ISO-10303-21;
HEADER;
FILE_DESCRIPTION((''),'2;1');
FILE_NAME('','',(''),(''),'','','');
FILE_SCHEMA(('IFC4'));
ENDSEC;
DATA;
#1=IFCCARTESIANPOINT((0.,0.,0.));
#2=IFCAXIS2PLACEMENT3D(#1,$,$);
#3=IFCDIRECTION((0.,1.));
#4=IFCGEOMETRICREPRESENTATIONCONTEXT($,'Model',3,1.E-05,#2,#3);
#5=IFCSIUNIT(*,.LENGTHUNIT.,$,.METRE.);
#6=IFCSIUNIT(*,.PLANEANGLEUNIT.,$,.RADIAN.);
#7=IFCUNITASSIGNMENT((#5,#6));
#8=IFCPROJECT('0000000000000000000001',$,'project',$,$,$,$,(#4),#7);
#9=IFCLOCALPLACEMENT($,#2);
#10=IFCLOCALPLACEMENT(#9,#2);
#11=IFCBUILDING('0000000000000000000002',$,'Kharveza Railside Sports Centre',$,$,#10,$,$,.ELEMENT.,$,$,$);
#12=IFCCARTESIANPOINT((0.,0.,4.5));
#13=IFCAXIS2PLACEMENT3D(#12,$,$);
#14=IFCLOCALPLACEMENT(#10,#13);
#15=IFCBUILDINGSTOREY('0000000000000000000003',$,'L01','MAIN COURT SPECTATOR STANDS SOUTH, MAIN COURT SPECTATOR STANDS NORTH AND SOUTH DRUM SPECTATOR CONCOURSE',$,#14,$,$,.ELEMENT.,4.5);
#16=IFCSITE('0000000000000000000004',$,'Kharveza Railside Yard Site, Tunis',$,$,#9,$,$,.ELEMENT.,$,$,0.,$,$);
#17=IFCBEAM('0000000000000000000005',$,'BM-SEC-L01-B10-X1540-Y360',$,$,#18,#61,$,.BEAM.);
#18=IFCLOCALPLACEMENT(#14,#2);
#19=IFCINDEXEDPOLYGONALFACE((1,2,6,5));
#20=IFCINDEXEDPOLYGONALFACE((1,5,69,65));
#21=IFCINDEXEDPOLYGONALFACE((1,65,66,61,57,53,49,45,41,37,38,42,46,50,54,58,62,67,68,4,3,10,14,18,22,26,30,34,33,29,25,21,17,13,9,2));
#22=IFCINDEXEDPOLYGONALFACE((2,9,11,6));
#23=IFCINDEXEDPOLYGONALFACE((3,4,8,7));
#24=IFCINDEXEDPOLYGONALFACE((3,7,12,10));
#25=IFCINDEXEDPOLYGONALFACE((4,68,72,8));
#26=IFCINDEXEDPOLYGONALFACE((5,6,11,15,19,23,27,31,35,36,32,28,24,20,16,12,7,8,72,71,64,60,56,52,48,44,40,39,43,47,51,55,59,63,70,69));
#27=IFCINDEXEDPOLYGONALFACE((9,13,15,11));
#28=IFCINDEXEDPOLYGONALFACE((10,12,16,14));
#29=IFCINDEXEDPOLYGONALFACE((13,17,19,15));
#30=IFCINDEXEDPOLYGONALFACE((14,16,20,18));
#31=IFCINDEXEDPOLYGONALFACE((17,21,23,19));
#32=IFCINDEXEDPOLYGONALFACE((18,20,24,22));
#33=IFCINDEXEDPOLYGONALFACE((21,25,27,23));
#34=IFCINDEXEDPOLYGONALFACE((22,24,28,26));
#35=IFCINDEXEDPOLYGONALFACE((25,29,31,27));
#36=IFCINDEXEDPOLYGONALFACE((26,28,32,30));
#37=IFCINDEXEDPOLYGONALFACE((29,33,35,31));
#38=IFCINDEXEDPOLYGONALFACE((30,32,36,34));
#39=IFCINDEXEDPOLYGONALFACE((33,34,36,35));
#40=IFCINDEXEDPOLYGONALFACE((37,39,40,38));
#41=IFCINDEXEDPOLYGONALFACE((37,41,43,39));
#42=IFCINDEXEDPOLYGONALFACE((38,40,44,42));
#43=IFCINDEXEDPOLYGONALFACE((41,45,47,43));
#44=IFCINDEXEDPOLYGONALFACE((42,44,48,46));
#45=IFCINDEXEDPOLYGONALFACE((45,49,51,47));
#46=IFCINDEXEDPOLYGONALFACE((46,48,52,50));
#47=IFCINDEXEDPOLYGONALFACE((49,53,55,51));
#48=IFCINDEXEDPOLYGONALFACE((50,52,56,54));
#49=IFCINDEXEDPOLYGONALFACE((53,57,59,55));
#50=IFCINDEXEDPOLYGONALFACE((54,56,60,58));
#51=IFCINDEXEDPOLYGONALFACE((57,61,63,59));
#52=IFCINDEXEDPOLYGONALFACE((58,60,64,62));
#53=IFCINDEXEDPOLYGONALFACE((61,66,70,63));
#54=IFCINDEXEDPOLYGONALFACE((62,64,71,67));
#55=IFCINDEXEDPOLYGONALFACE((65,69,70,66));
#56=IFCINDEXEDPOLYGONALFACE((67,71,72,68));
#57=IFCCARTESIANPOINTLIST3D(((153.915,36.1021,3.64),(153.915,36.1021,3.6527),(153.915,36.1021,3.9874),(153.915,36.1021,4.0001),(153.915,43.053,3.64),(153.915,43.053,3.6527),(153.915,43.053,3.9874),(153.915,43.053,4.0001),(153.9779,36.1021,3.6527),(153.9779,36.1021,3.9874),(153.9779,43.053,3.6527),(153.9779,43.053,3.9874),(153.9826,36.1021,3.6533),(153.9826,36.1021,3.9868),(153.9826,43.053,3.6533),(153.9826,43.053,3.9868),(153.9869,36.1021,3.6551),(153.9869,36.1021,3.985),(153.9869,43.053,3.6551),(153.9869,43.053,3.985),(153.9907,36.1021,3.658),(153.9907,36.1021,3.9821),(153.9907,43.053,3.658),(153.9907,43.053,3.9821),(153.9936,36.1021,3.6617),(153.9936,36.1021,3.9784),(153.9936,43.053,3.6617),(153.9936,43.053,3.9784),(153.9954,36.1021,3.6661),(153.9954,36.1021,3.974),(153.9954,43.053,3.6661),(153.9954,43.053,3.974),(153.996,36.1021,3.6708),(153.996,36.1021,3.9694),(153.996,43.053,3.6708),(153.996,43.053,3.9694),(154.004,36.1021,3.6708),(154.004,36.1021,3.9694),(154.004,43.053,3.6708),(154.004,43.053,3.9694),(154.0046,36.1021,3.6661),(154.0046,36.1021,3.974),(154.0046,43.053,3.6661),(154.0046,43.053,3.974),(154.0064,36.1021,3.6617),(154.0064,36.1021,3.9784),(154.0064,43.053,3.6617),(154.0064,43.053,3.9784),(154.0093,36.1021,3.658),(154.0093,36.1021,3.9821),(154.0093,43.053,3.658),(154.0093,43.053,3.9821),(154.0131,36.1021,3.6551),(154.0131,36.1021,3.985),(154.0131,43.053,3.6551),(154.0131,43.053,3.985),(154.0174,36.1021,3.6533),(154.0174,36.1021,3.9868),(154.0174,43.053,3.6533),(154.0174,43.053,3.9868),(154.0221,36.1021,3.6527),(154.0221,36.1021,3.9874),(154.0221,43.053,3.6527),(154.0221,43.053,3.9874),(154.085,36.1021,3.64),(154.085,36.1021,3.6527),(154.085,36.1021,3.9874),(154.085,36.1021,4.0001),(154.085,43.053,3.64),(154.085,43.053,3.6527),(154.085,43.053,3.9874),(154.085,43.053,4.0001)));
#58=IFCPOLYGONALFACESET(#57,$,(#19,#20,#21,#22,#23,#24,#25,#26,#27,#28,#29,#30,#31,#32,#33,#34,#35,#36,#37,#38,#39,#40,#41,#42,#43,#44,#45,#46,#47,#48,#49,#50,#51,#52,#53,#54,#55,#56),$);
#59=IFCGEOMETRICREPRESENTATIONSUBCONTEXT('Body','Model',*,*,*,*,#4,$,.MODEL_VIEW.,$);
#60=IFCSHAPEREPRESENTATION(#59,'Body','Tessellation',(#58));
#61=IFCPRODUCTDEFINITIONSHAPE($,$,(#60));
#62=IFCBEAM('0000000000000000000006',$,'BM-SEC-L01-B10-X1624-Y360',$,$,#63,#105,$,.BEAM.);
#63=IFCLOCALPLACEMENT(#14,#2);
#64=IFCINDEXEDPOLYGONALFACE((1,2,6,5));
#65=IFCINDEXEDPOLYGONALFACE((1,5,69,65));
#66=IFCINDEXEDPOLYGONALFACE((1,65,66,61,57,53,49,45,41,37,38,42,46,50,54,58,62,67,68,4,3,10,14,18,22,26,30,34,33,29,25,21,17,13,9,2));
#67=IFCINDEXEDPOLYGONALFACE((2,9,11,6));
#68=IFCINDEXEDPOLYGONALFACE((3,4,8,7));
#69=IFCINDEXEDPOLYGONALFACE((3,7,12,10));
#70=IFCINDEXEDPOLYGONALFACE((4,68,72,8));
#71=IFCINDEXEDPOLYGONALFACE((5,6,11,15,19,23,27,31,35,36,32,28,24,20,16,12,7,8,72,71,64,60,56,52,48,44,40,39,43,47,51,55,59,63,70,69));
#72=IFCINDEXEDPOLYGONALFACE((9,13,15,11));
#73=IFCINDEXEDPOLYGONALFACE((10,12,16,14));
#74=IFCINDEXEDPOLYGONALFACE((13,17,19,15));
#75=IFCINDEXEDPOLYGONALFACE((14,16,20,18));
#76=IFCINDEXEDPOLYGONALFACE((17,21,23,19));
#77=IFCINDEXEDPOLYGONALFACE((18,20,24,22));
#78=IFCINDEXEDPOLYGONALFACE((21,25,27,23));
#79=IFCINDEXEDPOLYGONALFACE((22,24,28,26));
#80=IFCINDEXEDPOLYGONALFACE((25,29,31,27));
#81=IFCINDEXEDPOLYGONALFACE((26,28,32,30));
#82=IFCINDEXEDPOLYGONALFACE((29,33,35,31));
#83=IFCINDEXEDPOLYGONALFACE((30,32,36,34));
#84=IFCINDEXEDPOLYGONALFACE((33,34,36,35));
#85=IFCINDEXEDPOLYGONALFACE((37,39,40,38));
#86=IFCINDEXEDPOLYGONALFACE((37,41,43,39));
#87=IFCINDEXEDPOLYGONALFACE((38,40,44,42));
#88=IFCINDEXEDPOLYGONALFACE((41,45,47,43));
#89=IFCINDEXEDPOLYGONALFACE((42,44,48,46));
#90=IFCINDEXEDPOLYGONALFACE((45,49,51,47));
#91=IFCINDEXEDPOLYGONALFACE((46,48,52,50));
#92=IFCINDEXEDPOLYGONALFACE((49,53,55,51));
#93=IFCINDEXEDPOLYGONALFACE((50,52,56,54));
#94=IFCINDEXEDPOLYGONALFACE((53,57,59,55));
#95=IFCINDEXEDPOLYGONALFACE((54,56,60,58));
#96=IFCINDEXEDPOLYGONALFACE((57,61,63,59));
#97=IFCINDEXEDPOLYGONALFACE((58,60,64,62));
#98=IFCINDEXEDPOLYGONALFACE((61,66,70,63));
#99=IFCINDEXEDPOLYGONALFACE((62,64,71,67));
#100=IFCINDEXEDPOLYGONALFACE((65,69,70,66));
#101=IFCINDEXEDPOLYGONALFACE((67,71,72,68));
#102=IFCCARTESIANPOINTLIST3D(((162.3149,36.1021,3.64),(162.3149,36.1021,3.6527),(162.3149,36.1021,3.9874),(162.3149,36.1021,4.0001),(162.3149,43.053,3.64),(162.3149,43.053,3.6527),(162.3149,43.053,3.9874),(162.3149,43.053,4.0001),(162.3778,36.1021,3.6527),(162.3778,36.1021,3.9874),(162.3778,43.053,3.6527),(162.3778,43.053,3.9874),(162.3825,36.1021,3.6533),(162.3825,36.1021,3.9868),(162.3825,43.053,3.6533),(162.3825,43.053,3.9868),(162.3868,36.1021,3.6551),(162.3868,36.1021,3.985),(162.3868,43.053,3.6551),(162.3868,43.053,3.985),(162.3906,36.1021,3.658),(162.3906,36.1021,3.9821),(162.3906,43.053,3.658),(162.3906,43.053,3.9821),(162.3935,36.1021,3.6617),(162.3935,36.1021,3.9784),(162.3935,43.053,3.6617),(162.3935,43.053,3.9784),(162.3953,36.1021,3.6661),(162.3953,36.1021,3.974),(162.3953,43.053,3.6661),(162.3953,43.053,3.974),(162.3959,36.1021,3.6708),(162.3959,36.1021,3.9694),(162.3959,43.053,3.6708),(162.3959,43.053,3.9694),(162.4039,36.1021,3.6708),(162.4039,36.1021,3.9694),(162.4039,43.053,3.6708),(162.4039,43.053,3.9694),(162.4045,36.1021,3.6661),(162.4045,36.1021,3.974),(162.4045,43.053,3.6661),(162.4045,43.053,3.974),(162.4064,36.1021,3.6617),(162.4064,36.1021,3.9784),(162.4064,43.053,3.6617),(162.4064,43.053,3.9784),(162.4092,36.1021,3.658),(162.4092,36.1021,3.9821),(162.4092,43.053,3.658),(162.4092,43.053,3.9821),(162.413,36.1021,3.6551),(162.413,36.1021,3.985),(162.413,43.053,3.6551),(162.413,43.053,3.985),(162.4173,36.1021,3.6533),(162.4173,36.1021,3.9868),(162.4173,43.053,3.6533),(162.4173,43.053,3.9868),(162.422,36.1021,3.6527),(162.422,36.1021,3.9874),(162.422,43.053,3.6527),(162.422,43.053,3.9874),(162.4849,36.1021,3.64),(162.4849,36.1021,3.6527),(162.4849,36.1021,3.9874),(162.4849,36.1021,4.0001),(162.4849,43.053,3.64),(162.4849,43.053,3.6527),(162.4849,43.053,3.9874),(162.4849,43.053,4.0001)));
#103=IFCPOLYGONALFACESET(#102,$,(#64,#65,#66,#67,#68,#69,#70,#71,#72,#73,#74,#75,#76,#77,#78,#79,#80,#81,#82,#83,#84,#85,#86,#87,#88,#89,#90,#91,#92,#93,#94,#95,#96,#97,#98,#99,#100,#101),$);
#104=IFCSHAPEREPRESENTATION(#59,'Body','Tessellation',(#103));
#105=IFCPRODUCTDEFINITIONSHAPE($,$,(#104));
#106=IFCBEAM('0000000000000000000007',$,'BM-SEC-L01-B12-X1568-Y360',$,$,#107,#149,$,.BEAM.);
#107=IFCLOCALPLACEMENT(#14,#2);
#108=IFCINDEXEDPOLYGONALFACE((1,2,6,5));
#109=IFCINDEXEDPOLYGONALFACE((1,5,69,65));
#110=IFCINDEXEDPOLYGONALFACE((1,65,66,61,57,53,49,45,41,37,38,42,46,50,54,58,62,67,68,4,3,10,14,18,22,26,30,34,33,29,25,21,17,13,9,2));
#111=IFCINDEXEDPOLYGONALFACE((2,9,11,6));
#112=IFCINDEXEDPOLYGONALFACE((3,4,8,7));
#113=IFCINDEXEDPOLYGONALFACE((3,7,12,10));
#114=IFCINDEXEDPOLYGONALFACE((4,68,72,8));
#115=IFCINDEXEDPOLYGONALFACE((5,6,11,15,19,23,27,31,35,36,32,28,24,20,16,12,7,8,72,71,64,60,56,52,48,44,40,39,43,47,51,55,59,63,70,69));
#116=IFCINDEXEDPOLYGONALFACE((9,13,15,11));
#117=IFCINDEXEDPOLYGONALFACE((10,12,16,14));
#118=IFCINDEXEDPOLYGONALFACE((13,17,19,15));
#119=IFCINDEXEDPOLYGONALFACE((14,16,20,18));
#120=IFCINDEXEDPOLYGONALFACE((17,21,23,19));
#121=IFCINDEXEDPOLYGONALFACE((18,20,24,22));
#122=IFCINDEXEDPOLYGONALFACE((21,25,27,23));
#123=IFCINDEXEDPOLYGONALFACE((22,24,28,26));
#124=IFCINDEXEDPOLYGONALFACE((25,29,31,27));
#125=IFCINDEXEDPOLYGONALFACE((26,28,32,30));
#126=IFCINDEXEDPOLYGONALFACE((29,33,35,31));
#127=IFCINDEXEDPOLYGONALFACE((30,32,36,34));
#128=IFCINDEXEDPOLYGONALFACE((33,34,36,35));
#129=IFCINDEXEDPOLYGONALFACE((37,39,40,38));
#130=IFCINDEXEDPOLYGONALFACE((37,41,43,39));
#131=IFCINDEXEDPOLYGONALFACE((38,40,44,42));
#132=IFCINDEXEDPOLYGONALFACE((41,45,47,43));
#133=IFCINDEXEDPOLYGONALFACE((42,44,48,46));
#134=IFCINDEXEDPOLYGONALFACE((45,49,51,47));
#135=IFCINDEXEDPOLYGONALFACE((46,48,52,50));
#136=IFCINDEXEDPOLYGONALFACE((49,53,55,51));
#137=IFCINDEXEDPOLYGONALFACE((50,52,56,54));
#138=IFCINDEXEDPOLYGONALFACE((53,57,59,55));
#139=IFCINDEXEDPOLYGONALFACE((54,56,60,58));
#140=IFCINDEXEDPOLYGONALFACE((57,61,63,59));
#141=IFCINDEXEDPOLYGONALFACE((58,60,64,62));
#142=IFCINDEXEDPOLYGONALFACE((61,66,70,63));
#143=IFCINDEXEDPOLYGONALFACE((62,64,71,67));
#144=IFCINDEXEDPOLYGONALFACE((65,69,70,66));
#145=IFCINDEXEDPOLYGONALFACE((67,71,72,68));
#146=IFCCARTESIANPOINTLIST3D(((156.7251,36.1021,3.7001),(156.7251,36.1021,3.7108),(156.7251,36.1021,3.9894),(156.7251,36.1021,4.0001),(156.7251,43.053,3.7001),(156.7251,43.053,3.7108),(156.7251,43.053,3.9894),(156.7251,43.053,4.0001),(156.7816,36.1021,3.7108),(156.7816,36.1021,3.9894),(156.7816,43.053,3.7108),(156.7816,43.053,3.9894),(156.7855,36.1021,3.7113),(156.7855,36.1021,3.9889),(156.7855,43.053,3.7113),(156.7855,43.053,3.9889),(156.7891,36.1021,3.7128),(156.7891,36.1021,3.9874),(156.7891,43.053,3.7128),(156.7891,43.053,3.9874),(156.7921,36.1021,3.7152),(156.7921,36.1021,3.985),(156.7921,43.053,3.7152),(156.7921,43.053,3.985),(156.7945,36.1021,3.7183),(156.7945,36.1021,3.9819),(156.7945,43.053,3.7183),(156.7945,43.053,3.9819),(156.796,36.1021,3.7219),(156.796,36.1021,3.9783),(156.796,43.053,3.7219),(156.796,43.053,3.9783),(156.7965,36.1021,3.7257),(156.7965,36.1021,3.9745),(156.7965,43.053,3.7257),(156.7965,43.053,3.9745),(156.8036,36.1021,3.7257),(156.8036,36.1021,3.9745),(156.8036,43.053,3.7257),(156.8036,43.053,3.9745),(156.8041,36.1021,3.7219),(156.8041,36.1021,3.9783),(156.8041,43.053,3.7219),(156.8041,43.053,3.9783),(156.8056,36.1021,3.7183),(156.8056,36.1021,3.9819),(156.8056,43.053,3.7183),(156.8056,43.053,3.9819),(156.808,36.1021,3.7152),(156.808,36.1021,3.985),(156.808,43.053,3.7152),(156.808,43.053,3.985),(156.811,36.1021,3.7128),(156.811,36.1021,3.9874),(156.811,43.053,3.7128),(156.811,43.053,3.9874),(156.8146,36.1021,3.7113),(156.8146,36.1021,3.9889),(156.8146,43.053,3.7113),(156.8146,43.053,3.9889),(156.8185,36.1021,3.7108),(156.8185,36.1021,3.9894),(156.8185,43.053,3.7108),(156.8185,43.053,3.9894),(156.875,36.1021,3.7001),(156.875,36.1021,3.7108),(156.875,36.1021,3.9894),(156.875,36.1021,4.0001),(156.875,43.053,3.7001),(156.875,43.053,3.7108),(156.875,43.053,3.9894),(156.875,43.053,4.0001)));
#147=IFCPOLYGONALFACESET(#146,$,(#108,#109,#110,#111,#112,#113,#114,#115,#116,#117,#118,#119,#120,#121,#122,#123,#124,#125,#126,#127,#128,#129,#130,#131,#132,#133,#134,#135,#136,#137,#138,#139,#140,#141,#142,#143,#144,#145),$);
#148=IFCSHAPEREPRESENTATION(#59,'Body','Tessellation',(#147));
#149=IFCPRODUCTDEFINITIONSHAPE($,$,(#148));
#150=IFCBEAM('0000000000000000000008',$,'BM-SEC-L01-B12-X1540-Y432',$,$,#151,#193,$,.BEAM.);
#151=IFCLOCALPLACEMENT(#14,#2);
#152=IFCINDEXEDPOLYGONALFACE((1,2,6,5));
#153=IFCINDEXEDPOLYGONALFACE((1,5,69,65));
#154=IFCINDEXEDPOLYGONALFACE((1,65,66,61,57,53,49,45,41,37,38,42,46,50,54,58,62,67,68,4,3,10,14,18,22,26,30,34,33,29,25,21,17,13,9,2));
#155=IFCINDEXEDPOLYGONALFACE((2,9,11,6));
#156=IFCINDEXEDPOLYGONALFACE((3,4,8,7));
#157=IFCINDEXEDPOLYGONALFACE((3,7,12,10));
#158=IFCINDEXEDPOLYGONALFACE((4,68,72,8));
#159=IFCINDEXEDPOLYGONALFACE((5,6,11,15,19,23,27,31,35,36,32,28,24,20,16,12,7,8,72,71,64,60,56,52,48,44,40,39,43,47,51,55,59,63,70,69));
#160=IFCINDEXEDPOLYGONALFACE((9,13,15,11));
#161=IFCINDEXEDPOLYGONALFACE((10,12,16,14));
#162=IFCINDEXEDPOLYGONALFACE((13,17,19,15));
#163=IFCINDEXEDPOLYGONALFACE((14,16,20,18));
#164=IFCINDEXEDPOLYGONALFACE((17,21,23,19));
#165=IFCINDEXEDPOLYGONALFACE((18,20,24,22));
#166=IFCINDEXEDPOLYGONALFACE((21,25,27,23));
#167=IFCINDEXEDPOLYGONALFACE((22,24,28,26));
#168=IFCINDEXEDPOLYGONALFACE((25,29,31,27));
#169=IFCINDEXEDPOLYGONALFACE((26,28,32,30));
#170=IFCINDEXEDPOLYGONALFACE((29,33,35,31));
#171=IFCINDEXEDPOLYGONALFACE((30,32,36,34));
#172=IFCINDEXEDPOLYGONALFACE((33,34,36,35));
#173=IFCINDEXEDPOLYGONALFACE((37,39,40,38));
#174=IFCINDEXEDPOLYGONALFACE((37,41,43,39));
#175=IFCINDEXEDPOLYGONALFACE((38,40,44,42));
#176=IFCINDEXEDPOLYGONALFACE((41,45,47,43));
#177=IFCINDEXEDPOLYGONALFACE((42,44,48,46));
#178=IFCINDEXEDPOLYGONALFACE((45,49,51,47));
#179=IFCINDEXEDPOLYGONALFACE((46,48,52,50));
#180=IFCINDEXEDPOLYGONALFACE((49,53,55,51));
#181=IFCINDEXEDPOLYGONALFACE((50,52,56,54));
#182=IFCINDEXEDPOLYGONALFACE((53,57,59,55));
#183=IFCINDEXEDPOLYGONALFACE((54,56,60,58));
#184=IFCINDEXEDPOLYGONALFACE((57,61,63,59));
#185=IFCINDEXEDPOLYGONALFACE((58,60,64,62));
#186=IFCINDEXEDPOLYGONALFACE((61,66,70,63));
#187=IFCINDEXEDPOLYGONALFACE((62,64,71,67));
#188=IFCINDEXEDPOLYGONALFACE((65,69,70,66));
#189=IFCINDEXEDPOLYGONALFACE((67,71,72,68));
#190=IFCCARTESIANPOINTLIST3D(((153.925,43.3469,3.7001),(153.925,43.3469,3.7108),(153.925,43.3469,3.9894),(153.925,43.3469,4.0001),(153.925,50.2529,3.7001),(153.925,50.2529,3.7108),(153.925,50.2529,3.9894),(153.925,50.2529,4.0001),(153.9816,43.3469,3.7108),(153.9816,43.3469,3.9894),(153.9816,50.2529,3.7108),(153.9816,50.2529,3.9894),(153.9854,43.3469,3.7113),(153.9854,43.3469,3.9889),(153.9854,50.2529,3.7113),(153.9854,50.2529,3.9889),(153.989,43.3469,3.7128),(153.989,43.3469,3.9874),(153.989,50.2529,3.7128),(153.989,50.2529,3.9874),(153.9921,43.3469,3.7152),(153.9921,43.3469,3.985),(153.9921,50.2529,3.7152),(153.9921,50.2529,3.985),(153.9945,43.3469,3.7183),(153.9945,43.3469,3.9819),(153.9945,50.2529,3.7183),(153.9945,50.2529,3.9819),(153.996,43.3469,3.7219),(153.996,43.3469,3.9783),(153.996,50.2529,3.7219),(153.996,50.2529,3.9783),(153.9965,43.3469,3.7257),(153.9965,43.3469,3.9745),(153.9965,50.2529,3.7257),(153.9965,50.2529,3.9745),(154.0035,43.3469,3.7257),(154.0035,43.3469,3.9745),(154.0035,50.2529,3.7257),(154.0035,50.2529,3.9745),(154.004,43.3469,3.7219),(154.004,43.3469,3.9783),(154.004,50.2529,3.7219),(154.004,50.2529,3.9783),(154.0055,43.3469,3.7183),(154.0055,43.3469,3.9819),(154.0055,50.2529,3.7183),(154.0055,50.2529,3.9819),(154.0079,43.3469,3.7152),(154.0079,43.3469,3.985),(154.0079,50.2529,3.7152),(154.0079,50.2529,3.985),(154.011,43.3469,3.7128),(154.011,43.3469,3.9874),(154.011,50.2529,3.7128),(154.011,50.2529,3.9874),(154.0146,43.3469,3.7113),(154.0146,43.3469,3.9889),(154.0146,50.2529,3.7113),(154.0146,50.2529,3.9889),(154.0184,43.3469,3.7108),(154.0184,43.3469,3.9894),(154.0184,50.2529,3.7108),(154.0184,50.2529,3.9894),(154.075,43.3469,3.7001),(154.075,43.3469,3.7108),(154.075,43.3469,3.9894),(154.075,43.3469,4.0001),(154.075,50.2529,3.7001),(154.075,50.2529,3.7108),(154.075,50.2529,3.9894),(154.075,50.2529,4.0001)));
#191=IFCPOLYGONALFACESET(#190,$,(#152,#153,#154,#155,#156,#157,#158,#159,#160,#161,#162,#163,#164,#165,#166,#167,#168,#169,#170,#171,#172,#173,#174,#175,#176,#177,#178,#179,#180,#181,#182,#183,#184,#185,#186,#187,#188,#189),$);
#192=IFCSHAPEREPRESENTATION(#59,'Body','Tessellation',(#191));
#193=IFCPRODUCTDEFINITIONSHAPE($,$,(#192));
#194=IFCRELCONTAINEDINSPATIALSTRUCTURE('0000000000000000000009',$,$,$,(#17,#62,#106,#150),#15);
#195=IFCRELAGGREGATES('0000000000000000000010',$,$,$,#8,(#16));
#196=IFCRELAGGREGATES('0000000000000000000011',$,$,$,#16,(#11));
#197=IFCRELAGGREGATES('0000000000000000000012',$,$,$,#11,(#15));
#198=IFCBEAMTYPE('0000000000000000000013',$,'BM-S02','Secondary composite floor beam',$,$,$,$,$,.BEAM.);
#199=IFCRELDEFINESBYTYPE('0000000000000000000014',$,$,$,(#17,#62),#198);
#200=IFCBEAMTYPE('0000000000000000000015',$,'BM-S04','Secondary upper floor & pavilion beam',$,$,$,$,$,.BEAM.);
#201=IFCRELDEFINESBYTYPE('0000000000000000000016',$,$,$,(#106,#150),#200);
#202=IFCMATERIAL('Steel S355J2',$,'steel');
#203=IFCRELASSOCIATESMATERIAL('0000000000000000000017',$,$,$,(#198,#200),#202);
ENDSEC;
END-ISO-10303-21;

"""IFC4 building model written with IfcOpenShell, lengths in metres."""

from ifc_helpers import new_model, si_unit, direction, frame, origin, origin_2d, place, context, subcontext, project, spatial, i_section, extrude, material, material_profile, profile_set, type_object, element, save


model = new_model("IFC4")

# Units and contexts
model_context = context("Model", 3, precision=1e-05, world=origin(), true_north=direction((0.0, 1.0)))
body_context = subcontext(model_context, "Body", "Model", "MODEL_VIEW")
ifc_project = project(units=[si_unit("LENGTHUNIT", "METRE"), si_unit("PLANEANGLEUNIT", "RADIAN")], contexts=[model_context])

# Site, building, storey
site_placement = place(None, origin())
site = spatial("IfcSite", under=ifc_project, at=site_placement, Name="Kharveza Railside Yard Site, Tunis", CompositionType="ELEMENT", RefElevation=0.0)
building_placement = place(site_placement, origin())
building = spatial("IfcBuilding", under=site, at=building_placement, Name="Kharveza Railside Sports Centre", CompositionType="ELEMENT")
storey_placement = place(building_placement, frame((0.0, 0.0, 4.5)))
storey = spatial("IfcBuildingStorey", under=building, at=storey_placement, Name="L01", Description="MAIN COURT SPECTATOR STANDS SOUTH, MAIN COURT SPECTATOR STANDS NORTH AND SOUTH DRUM SPECTATOR CONCOURSE", CompositionType="ELEMENT", Elevation=4.5)

# Shared definitions
ifc_material_1 = material(Name="Steel S355J2", Category="steel")

# Beams
ifc_material_profile_1 = material_profile(ifc_material_1, i_section(OverallWidth=0.1699, OverallDepth=0.3601, WebThickness=0.0081, FlangeThickness=0.0127, FilletRadius=0.0181, at=origin_2d()), Name="IPE 360")
ifc_profile_set_1 = profile_set([ifc_material_profile_1], Name="Steel S355J2")
beam_type_1 = type_object("IfcBeamType", Name="BM-S02", Description="Secondary composite floor beam", PredefinedType="BEAM", material=ifc_profile_set_1)
for number, where, z_axis, x_axis, name in (
    (1, (154.0, 36.1021, 3.8201), (0.0, 1.0, 0.0), (-1.0, 0.0, 0.0), "BM-SEC-L01-B10-X1540-Y360"),
    (2, (162.3999, 36.1021, 3.8201), (0.0, 1.0, 0.0), (-1.0, 0.0, 0.0), "BM-SEC-L01-B10-X1624-Y360"),
):
    element("IfcBeam", number, at=place(storey_placement, frame(where, z_axis=z_axis, x_axis=x_axis)), inside=storey, type_object=beam_type_1, Name=name, PredefinedType="BEAM", context=body_context, shape_type="SweptSolid", body=[
        extrude(i_section(OverallWidth=0.1699, OverallDepth=0.3601, WebThickness=0.0081, FlangeThickness=0.0127, FilletRadius=0.0181, at=origin_2d()), origin(), (0.0, 0.0, 1.0), 6.9509),
    ])
ifc_material_profile_2 = material_profile(ifc_material_1, i_section(OverallWidth=0.1499, OverallDepth=0.3, WebThickness=0.0071, FlangeThickness=0.0107, FilletRadius=0.0149, at=origin_2d()), Name="IPE 300")
ifc_profile_set_2 = profile_set([ifc_material_profile_2], Name="Steel S355J2")
beam_type_2 = type_object("IfcBeamType", Name="BM-S04", Description="Secondary upper floor & pavilion beam", PredefinedType="BEAM", material=ifc_profile_set_2)
beam_1_placement = place(storey_placement, frame((156.8, 36.1021, 3.8501), z_axis=(0.0, 1.0, 0.0), x_axis=(-1.0, 0.0, 0.0)))
element("IfcBeam", 3, at=beam_1_placement, inside=storey, type_object=beam_type_2, Name="BM-SEC-L01-B12-X1568-Y360", PredefinedType="BEAM", context=body_context, shape_type="SweptSolid", body=[
    extrude(i_section(OverallWidth=0.1499, OverallDepth=0.3, WebThickness=0.0071, FlangeThickness=0.0107, FilletRadius=0.0149, at=origin_2d()), origin(), (0.0, 0.0, 1.0), 6.9509),
])
beam_2_placement = place(storey_placement, frame((154.0, 43.3469, 3.8501), z_axis=(0.0, 1.0, 0.0), x_axis=(-1.0, 0.0, 0.0)))
element("IfcBeam", 4, at=beam_2_placement, inside=storey, type_object=beam_type_2, Name="BM-SEC-L01-B12-X1540-Y432", PredefinedType="BEAM", context=body_context, shape_type="SweptSolid", body=[
    extrude(i_section(OverallWidth=0.1499, OverallDepth=0.3, WebThickness=0.0071, FlangeThickness=0.0107, FilletRadius=0.0149, at=origin_2d()), origin(), (0.0, 0.0, 1.0), 6.906),
])

save(model, "model.ifc")
